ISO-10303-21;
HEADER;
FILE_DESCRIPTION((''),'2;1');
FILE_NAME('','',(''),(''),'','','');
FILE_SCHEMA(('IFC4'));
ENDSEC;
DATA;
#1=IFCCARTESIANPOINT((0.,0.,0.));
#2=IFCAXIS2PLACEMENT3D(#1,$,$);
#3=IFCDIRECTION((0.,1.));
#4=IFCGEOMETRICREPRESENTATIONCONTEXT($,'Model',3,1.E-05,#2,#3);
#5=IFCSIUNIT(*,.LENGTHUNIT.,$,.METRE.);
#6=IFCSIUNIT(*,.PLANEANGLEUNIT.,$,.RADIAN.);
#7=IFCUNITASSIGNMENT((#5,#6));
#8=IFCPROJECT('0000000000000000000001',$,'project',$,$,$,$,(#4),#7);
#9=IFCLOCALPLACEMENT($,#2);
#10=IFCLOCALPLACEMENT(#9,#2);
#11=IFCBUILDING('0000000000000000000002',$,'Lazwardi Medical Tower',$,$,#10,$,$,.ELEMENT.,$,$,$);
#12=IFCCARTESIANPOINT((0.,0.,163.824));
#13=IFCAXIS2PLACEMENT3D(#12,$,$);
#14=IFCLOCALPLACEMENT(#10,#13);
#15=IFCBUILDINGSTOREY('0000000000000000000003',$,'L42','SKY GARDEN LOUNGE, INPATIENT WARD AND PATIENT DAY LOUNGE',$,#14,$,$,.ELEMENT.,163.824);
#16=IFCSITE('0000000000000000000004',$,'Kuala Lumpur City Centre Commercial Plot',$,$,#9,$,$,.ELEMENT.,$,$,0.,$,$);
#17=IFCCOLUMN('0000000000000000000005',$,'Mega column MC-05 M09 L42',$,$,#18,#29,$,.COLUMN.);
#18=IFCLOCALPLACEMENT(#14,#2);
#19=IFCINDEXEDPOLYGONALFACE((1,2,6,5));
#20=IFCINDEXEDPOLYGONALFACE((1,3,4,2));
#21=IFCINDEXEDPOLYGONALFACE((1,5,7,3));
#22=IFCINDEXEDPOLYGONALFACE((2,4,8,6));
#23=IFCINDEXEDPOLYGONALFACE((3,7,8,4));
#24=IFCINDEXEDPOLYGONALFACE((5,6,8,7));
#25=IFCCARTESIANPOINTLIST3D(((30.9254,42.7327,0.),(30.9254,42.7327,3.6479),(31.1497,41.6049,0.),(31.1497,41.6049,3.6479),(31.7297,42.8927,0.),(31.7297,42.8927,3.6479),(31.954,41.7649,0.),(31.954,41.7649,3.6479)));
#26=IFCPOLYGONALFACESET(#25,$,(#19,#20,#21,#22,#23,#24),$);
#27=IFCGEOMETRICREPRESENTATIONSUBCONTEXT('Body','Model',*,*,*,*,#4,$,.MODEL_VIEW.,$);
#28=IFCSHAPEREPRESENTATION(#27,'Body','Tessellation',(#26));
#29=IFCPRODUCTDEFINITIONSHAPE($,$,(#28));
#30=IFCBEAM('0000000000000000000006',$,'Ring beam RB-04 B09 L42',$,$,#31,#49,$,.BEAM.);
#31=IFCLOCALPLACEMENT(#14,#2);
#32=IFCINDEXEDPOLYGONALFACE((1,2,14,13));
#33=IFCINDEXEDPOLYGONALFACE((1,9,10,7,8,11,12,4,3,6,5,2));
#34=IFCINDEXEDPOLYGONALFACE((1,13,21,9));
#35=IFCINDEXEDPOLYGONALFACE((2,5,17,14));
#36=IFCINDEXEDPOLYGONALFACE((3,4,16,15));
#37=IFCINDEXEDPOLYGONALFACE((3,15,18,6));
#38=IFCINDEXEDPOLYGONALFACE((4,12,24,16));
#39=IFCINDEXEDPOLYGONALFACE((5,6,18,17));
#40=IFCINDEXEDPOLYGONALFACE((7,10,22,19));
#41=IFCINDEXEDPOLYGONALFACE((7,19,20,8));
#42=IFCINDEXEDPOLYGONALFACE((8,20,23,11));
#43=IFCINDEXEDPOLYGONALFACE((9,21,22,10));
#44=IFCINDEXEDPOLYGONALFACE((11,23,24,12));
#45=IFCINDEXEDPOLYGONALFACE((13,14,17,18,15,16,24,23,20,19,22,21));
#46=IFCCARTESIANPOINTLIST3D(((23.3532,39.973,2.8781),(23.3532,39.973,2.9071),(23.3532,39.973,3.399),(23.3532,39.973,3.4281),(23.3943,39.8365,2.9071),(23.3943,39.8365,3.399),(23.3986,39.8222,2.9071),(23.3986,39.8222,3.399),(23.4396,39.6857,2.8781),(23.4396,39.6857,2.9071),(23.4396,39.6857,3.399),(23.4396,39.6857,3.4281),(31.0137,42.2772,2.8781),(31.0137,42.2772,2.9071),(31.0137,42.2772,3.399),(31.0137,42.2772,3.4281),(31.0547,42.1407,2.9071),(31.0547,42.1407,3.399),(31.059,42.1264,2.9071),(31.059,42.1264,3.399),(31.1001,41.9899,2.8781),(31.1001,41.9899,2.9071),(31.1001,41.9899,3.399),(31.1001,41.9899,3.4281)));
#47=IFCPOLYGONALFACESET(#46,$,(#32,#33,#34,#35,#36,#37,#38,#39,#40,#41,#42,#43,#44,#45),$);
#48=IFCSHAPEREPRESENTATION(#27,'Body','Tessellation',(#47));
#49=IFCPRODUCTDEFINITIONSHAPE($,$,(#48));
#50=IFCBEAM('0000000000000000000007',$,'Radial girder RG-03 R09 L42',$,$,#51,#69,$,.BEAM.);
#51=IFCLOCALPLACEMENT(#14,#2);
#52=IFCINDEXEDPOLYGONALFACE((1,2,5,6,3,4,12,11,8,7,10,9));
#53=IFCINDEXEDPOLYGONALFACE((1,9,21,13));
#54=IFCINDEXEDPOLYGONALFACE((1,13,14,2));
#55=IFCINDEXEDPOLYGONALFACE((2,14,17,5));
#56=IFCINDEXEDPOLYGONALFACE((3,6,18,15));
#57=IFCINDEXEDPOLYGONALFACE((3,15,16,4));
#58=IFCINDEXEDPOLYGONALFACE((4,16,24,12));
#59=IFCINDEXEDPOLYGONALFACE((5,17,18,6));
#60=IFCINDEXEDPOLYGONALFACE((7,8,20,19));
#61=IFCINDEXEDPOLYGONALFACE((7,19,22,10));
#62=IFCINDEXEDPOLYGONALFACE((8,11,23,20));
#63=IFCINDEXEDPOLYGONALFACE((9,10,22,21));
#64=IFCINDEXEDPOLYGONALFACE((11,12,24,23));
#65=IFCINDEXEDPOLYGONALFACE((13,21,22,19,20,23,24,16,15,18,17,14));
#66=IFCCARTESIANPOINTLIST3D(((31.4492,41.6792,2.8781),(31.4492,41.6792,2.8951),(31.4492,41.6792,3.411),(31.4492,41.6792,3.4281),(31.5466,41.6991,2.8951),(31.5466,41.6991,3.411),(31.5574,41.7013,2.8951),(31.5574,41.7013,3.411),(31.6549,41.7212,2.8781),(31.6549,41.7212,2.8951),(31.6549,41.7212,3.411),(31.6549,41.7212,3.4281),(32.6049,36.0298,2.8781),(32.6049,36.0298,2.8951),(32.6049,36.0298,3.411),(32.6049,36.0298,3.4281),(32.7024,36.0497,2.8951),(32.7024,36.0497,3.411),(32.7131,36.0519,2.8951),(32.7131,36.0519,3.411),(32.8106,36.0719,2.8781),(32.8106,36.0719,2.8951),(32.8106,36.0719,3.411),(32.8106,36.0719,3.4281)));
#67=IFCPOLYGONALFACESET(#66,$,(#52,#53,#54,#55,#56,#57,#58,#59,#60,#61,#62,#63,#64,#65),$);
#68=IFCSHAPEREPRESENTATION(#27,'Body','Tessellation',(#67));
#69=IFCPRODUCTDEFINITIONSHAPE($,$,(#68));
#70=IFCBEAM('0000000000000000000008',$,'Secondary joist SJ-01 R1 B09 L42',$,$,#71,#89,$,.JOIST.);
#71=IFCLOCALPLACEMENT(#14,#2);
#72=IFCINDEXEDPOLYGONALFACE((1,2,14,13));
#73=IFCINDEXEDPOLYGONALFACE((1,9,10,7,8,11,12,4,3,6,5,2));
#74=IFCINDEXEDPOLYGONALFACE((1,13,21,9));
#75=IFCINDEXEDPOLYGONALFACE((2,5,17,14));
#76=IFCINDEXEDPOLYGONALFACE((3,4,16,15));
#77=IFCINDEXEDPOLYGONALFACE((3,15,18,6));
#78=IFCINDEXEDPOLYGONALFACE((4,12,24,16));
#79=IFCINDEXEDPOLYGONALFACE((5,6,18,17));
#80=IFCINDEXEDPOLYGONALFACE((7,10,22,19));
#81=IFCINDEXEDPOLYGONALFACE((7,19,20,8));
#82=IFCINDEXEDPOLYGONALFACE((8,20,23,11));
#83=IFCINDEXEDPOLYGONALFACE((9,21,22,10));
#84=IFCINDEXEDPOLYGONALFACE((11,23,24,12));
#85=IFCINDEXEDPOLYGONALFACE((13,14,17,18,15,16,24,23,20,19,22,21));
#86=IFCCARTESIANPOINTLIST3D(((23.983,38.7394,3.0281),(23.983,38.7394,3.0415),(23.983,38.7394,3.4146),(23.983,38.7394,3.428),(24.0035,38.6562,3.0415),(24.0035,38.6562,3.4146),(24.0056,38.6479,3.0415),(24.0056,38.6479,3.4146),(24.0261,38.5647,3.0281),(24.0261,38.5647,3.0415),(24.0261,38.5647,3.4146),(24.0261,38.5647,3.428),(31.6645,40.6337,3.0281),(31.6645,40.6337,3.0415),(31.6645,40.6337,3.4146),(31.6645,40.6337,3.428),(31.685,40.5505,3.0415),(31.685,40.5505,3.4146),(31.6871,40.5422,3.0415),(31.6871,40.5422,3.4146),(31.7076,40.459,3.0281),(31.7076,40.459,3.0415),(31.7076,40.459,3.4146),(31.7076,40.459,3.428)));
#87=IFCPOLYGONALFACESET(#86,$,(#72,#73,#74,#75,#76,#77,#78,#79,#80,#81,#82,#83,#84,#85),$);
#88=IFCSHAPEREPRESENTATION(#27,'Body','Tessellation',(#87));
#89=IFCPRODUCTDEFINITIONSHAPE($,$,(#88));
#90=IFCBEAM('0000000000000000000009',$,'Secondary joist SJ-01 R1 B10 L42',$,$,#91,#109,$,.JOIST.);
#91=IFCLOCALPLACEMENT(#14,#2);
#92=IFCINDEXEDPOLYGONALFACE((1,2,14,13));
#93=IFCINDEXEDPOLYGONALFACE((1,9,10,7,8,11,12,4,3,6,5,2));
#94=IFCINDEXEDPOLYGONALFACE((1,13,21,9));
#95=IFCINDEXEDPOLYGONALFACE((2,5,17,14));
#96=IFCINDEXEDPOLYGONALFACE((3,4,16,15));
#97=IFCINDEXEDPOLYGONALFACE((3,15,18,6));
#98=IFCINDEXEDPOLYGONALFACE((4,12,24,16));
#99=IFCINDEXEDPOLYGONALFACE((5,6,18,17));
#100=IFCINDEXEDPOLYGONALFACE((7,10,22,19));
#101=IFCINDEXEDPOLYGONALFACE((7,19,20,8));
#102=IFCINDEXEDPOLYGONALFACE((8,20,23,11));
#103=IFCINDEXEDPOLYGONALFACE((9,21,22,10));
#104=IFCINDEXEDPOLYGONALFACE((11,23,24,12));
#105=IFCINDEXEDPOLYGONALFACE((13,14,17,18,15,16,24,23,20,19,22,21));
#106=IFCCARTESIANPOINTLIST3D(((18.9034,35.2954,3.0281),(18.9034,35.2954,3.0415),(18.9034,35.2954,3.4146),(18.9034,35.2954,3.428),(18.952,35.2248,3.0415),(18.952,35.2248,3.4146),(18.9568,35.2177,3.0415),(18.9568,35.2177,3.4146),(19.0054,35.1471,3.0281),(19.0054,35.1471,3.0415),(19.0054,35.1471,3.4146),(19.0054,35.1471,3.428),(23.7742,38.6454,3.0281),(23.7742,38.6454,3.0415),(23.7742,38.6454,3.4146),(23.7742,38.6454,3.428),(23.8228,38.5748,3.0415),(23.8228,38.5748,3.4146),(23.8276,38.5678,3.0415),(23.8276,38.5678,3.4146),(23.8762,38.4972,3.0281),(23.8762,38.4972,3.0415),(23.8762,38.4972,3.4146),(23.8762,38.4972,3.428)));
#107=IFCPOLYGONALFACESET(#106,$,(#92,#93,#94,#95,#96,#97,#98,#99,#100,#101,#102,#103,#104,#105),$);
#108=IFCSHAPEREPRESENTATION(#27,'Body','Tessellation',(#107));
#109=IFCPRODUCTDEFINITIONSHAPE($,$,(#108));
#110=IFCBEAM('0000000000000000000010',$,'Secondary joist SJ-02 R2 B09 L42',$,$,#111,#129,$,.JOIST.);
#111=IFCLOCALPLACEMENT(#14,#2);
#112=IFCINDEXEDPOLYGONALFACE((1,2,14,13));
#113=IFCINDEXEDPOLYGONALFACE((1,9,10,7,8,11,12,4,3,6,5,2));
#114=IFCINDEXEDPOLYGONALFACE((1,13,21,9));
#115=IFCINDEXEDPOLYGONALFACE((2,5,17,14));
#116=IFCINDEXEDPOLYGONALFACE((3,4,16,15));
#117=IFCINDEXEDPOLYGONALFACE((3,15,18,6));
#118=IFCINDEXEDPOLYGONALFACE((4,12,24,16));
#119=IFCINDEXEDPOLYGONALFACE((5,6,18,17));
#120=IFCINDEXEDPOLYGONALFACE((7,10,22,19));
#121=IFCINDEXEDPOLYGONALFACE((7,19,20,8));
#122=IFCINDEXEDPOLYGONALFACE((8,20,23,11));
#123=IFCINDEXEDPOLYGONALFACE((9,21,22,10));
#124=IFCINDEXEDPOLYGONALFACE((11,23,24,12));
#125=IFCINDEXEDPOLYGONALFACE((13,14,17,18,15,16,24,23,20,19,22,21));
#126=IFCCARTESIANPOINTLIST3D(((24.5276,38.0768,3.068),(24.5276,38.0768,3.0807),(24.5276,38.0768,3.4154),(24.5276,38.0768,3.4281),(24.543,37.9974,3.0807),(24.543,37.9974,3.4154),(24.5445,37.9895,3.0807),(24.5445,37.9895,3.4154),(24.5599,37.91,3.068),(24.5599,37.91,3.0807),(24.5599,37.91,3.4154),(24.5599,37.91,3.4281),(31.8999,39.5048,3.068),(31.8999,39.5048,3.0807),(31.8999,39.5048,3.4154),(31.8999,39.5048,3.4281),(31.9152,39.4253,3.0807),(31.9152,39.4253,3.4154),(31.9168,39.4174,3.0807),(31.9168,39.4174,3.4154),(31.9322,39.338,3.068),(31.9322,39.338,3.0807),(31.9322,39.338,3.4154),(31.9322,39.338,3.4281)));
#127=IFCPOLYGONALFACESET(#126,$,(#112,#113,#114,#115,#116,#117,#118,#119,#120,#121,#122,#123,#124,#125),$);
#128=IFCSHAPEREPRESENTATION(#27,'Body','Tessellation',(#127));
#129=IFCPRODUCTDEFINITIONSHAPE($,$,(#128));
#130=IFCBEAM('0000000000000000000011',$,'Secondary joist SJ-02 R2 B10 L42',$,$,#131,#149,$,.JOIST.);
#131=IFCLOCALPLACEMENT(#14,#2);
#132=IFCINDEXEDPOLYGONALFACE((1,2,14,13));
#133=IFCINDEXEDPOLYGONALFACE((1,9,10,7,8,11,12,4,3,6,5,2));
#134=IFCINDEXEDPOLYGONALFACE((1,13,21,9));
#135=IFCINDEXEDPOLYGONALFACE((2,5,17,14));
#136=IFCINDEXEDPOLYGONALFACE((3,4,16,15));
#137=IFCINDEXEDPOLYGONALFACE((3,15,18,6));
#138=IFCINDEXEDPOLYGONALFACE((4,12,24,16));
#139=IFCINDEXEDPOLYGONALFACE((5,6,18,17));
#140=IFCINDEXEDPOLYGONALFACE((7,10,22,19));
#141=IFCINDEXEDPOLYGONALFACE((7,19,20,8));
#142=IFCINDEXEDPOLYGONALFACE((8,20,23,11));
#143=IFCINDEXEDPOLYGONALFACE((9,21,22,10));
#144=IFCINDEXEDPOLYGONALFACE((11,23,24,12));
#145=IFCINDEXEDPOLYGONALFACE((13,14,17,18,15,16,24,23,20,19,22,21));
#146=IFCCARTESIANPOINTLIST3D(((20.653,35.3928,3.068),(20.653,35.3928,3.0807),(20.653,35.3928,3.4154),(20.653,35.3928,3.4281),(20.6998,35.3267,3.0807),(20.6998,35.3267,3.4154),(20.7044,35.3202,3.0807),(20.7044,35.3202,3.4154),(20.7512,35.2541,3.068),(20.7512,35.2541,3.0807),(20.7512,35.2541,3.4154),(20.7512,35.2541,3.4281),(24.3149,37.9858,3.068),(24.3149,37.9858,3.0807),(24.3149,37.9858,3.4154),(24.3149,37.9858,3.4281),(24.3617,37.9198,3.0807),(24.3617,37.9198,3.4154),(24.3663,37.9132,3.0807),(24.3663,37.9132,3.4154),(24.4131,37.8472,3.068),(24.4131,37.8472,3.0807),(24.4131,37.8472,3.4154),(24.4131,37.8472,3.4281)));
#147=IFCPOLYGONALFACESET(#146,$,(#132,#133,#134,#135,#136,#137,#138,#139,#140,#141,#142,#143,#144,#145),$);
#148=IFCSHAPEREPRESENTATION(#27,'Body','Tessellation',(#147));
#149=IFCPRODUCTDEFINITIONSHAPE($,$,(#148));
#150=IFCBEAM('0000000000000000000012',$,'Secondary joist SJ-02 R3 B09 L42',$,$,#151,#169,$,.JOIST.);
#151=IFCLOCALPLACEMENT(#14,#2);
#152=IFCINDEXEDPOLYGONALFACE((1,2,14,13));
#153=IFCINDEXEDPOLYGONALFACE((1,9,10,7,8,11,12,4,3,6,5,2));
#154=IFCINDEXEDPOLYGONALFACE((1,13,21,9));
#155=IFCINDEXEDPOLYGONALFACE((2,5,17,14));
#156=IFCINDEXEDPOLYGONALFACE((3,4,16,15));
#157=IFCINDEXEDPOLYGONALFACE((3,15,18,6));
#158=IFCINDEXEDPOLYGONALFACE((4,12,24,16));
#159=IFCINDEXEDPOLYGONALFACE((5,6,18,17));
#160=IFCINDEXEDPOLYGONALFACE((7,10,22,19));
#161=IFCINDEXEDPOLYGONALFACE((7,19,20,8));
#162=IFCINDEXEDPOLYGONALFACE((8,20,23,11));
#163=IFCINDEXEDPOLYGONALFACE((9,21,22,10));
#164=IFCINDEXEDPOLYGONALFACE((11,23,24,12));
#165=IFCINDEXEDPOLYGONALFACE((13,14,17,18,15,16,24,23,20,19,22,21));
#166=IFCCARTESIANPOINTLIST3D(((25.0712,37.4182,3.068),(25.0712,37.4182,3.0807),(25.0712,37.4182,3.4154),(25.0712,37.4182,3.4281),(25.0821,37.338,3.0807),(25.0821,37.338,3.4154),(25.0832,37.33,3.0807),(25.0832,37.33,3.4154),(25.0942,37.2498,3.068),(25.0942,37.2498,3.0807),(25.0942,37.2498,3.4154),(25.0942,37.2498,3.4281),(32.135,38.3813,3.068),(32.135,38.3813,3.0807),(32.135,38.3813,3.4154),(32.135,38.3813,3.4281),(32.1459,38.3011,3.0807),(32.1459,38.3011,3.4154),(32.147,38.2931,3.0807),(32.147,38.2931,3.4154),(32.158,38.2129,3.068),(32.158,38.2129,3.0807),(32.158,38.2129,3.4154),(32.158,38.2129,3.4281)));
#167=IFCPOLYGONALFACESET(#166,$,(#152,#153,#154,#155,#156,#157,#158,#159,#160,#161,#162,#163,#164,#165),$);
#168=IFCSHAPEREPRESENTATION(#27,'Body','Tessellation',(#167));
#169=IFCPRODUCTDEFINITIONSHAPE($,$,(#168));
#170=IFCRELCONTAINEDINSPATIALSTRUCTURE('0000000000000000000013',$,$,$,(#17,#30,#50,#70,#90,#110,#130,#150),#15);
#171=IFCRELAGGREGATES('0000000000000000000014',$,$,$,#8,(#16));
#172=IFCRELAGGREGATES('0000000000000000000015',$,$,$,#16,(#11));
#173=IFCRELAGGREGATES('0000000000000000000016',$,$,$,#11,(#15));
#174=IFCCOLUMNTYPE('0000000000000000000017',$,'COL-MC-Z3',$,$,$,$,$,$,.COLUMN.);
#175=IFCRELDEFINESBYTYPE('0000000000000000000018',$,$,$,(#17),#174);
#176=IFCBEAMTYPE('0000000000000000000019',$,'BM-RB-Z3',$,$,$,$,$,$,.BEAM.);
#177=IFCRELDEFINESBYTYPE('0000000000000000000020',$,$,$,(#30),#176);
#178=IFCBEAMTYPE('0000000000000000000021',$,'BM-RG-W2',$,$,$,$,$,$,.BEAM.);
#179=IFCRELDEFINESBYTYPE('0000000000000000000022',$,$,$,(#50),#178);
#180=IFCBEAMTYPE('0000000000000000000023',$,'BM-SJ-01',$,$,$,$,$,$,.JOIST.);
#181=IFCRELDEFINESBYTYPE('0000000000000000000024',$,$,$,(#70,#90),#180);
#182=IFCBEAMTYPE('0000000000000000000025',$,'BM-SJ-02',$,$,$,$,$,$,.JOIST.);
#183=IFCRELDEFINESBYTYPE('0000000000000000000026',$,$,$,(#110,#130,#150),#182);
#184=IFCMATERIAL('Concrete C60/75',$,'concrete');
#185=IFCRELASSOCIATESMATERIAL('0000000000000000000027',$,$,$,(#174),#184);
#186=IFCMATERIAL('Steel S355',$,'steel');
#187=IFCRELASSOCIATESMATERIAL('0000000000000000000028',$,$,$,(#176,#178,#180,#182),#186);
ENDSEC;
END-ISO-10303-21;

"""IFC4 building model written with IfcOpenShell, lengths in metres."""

from ifc_helpers import new_model, si_unit, direction, frame, origin, origin_2d, place, context, subcontext, project, spatial, rectangle, i_section, extrude, material, material_profile, profile_set, type_object, element, save


model = new_model("IFC4")

# Units and contexts
model_context = context("Model", 3, precision=1e-05, world=origin(), true_north=direction((0.0, 1.0)))
body_context = subcontext(model_context, "Body", "Model", "MODEL_VIEW")
ifc_project = project(units=[si_unit("LENGTHUNIT", "METRE"), si_unit("PLANEANGLEUNIT", "RADIAN")], contexts=[model_context])

# Site, building, storey
site_placement = place(None, origin())
site = spatial("IfcSite", under=ifc_project, at=site_placement, Name="Kuala Lumpur City Centre Commercial Plot", CompositionType="ELEMENT", RefElevation=0.0)
building_placement = place(site_placement, origin())
building = spatial("IfcBuilding", under=site, at=building_placement, Name="Lazwardi Medical Tower", CompositionType="ELEMENT")
storey_placement = place(building_placement, frame((0.0, 0.0, 163.824)))
storey = spatial("IfcBuildingStorey", under=building, at=storey_placement, Name="L42", Description="SKY GARDEN LOUNGE, INPATIENT WARD AND PATIENT DAY LOUNGE", CompositionType="ELEMENT", Elevation=163.824)

# Column
ifc_material_1 = material(Name="Concrete C60/75", Category="concrete")
ifc_material_profile_1 = material_profile(ifc_material_1, rectangle(XDim=1.1499, YDim=0.8201, at=origin_2d()), Name="CFT-RECT 1150x820")
ifc_profile_set_1 = profile_set([ifc_material_profile_1], Name="Concrete C60/75")
column_type = type_object("IfcColumnType", Name="COL-MC-Z3", PredefinedType="COLUMN", material=ifc_profile_set_1)
column_placement = place(storey_placement, frame((31.4397, 42.2488, 0.0), z_axis=(0.0, 0.0, 1.0), x_axis=(-0.19509, 0.980785, 0.0)))
element("IfcColumn", 1, at=column_placement, inside=storey, type_object=column_type, Name="Mega column MC-05 M09 L42", PredefinedType="COLUMN", context=body_context, shape_type="SweptSolid", body=[
    extrude(rectangle(XDim=1.1499, YDim=0.8201, at=origin_2d()), origin(), (0.0, 0.0, 1.0), 3.6479),
])

# Beams
ifc_material_2 = material(Name="Steel S355", Category="steel")
ifc_material_profile_2 = material_profile(ifc_material_2, i_section(OverallWidth=0.3, OverallDepth=0.55, WebThickness=0.0149, FlangeThickness=0.0291, at=origin_2d()), Name="HEB 550")
ifc_profile_set_2 = profile_set([ifc_material_profile_2], Name="Steel S355")
beam_type_1 = type_object("IfcBeamType", Name="BM-RB-Z3", PredefinedType="BEAM", material=ifc_profile_set_2)
beam_1_placement = place(storey_placement, frame((31.0569, 42.1335, 3.1531), z_axis=(-0.957617, -0.288045, 0.0), x_axis=(0.288045, -0.957617, 0.0)))
element("IfcBeam", 2, at=beam_1_placement, inside=storey, type_object=beam_type_1, Name="Ring beam RB-04 B09 L42", PredefinedType="BEAM", context=body_context, shape_type="SweptSolid", body=[
    extrude(i_section(OverallWidth=0.3, OverallDepth=0.55, WebThickness=0.0149, FlangeThickness=0.0291, at=origin_2d()), origin(), (0.0, 0.0, 1.0), 7.9995),
])
ifc_material_profile_3 = material_profile(ifc_material_2, i_section(OverallWidth=0.21, OverallDepth=0.55, WebThickness=0.011, FlangeThickness=0.0171, at=origin_2d()), Name="IPE 550")
ifc_profile_set_3 = profile_set([ifc_material_profile_3], Name="Steel S355")
beam_type_2 = type_object("IfcBeamType", Name="BM-RG-W2", PredefinedType="BEAM", material=ifc_profile_set_3)
beam_2_placement = place(storey_placement, frame((31.552, 41.7002, 3.1531), z_axis=(0.200429, -0.979708, 0.0), x_axis=(0.979708, 0.200429, 0.0)))
element("IfcBeam", 3, at=beam_2_placement, inside=storey, type_object=beam_type_2, Name="Radial girder RG-03 R09 L42", PredefinedType="BEAM", context=body_context, shape_type="SweptSolid", body=[
    extrude(i_section(OverallWidth=0.21, OverallDepth=0.55, WebThickness=0.011, FlangeThickness=0.0171, at=origin_2d()), origin(), (0.0, 0.0, 1.0), 5.7664),
])
ifc_material_profile_4 = material_profile(ifc_material_2, i_section(OverallWidth=0.1799, OverallDepth=0.3999, WebThickness=0.0085, FlangeThickness=0.0134, at=origin_2d()), Name="IPE 400")
ifc_profile_set_4 = profile_set([ifc_material_profile_4], Name="Steel S355")
beam_type_3 = type_object("IfcBeamType", Name="BM-SJ-01", PredefinedType="JOIST", material=ifc_profile_set_4)
beam_3_placement = place(storey_placement, frame((31.686, 40.5464, 3.228), z_axis=(-0.970913, -0.239434, 0.0), x_axis=(0.239434, -0.970913, 0.0)))
element("IfcBeam", 4, at=beam_3_placement, inside=storey, type_object=beam_type_3, Name="Secondary joist SJ-01 R1 B09 L42", PredefinedType="JOIST", context=body_context, shape_type="SweptSolid", body=[
    extrude(i_section(OverallWidth=0.1799, OverallDepth=0.3999, WebThickness=0.0085, FlangeThickness=0.0134, at=origin_2d()), origin(), (0.0, 0.0, 1.0), 7.9116),
])
beam_4_placement = place(storey_placement, frame((23.8252, 38.5713, 3.228), z_axis=(-0.823932, -0.566688, 0.0), x_axis=(0.566688, -0.823932, 0.0)))
element("IfcBeam", 5, at=beam_4_placement, inside=storey, type_object=beam_type_3, Name="Secondary joist SJ-01 R1 B10 L42", PredefinedType="JOIST", context=body_context, shape_type="SweptSolid", body=[
    extrude(i_section(OverallWidth=0.1799, OverallDepth=0.3999, WebThickness=0.0085, FlangeThickness=0.0134, at=origin_2d()), origin(), (0.0, 0.0, 1.0), 5.9116),
])
ifc_material_profile_5 = material_profile(ifc_material_2, i_section(OverallWidth=0.1699, OverallDepth=0.3601, WebThickness=0.0081, FlangeThickness=0.0127, at=origin_2d()), Name="IPE 360")
ifc_profile_set_5 = profile_set([ifc_material_profile_5], Name="Steel S355")
beam_type_4 = type_object("IfcBeamType", Name="BM-SJ-02", PredefinedType="JOIST", material=ifc_profile_set_5)
beam_5_placement = place(storey_placement, frame((31.916, 39.4214, 3.248), z_axis=(-0.981753, -0.19016, 0.0), x_axis=(0.19016, -0.981753, 0.0)))
element("IfcBeam", 6, at=beam_5_placement, inside=storey, type_object=beam_type_4, Name="Secondary joist SJ-02 R2 B09 L42", PredefinedType="JOIST", context=body_context, shape_type="SweptSolid", body=[
    extrude(i_section(OverallWidth=0.1699, OverallDepth=0.3601, WebThickness=0.0081, FlangeThickness=0.0127, at=origin_2d()), origin(), (0.0, 0.0, 1.0), 7.5093),
])
beam_6_placement = place(storey_placement, frame((24.364, 37.9165, 3.248), z_axis=(-0.816109, -0.577898, 0.0), x_axis=(0.577898, -0.816109, 0.0)))
element("IfcBeam", 7, at=beam_6_placement, inside=storey, type_object=beam_type_4, Name="Secondary joist SJ-02 R2 B10 L42", PredefinedType="JOIST", context=body_context, shape_type="SweptSolid", body=[
    extrude(i_section(OverallWidth=0.1699, OverallDepth=0.3601, WebThickness=0.0081, FlangeThickness=0.0127, at=origin_2d()), origin(), (0.0, 0.0, 1.0), 4.4871),
])
beam_7_placement = place(storey_placement, frame((32.1465, 38.2971, 3.248), z_axis=(-0.990832, -0.135099, 0.0), x_axis=(0.135099, -0.990832, 0.0)))
element("IfcBeam", 8, at=beam_7_placement, inside=storey, type_object=beam_type_4, Name="Secondary joist SJ-02 R3 B09 L42", PredefinedType="JOIST", context=body_context, shape_type="SweptSolid", body=[
    extrude(i_section(OverallWidth=0.1699, OverallDepth=0.3601, WebThickness=0.0081, FlangeThickness=0.0127, at=origin_2d()), origin(), (0.0, 0.0, 1.0), 7.1292),
])

save(model, "model.ifc")
